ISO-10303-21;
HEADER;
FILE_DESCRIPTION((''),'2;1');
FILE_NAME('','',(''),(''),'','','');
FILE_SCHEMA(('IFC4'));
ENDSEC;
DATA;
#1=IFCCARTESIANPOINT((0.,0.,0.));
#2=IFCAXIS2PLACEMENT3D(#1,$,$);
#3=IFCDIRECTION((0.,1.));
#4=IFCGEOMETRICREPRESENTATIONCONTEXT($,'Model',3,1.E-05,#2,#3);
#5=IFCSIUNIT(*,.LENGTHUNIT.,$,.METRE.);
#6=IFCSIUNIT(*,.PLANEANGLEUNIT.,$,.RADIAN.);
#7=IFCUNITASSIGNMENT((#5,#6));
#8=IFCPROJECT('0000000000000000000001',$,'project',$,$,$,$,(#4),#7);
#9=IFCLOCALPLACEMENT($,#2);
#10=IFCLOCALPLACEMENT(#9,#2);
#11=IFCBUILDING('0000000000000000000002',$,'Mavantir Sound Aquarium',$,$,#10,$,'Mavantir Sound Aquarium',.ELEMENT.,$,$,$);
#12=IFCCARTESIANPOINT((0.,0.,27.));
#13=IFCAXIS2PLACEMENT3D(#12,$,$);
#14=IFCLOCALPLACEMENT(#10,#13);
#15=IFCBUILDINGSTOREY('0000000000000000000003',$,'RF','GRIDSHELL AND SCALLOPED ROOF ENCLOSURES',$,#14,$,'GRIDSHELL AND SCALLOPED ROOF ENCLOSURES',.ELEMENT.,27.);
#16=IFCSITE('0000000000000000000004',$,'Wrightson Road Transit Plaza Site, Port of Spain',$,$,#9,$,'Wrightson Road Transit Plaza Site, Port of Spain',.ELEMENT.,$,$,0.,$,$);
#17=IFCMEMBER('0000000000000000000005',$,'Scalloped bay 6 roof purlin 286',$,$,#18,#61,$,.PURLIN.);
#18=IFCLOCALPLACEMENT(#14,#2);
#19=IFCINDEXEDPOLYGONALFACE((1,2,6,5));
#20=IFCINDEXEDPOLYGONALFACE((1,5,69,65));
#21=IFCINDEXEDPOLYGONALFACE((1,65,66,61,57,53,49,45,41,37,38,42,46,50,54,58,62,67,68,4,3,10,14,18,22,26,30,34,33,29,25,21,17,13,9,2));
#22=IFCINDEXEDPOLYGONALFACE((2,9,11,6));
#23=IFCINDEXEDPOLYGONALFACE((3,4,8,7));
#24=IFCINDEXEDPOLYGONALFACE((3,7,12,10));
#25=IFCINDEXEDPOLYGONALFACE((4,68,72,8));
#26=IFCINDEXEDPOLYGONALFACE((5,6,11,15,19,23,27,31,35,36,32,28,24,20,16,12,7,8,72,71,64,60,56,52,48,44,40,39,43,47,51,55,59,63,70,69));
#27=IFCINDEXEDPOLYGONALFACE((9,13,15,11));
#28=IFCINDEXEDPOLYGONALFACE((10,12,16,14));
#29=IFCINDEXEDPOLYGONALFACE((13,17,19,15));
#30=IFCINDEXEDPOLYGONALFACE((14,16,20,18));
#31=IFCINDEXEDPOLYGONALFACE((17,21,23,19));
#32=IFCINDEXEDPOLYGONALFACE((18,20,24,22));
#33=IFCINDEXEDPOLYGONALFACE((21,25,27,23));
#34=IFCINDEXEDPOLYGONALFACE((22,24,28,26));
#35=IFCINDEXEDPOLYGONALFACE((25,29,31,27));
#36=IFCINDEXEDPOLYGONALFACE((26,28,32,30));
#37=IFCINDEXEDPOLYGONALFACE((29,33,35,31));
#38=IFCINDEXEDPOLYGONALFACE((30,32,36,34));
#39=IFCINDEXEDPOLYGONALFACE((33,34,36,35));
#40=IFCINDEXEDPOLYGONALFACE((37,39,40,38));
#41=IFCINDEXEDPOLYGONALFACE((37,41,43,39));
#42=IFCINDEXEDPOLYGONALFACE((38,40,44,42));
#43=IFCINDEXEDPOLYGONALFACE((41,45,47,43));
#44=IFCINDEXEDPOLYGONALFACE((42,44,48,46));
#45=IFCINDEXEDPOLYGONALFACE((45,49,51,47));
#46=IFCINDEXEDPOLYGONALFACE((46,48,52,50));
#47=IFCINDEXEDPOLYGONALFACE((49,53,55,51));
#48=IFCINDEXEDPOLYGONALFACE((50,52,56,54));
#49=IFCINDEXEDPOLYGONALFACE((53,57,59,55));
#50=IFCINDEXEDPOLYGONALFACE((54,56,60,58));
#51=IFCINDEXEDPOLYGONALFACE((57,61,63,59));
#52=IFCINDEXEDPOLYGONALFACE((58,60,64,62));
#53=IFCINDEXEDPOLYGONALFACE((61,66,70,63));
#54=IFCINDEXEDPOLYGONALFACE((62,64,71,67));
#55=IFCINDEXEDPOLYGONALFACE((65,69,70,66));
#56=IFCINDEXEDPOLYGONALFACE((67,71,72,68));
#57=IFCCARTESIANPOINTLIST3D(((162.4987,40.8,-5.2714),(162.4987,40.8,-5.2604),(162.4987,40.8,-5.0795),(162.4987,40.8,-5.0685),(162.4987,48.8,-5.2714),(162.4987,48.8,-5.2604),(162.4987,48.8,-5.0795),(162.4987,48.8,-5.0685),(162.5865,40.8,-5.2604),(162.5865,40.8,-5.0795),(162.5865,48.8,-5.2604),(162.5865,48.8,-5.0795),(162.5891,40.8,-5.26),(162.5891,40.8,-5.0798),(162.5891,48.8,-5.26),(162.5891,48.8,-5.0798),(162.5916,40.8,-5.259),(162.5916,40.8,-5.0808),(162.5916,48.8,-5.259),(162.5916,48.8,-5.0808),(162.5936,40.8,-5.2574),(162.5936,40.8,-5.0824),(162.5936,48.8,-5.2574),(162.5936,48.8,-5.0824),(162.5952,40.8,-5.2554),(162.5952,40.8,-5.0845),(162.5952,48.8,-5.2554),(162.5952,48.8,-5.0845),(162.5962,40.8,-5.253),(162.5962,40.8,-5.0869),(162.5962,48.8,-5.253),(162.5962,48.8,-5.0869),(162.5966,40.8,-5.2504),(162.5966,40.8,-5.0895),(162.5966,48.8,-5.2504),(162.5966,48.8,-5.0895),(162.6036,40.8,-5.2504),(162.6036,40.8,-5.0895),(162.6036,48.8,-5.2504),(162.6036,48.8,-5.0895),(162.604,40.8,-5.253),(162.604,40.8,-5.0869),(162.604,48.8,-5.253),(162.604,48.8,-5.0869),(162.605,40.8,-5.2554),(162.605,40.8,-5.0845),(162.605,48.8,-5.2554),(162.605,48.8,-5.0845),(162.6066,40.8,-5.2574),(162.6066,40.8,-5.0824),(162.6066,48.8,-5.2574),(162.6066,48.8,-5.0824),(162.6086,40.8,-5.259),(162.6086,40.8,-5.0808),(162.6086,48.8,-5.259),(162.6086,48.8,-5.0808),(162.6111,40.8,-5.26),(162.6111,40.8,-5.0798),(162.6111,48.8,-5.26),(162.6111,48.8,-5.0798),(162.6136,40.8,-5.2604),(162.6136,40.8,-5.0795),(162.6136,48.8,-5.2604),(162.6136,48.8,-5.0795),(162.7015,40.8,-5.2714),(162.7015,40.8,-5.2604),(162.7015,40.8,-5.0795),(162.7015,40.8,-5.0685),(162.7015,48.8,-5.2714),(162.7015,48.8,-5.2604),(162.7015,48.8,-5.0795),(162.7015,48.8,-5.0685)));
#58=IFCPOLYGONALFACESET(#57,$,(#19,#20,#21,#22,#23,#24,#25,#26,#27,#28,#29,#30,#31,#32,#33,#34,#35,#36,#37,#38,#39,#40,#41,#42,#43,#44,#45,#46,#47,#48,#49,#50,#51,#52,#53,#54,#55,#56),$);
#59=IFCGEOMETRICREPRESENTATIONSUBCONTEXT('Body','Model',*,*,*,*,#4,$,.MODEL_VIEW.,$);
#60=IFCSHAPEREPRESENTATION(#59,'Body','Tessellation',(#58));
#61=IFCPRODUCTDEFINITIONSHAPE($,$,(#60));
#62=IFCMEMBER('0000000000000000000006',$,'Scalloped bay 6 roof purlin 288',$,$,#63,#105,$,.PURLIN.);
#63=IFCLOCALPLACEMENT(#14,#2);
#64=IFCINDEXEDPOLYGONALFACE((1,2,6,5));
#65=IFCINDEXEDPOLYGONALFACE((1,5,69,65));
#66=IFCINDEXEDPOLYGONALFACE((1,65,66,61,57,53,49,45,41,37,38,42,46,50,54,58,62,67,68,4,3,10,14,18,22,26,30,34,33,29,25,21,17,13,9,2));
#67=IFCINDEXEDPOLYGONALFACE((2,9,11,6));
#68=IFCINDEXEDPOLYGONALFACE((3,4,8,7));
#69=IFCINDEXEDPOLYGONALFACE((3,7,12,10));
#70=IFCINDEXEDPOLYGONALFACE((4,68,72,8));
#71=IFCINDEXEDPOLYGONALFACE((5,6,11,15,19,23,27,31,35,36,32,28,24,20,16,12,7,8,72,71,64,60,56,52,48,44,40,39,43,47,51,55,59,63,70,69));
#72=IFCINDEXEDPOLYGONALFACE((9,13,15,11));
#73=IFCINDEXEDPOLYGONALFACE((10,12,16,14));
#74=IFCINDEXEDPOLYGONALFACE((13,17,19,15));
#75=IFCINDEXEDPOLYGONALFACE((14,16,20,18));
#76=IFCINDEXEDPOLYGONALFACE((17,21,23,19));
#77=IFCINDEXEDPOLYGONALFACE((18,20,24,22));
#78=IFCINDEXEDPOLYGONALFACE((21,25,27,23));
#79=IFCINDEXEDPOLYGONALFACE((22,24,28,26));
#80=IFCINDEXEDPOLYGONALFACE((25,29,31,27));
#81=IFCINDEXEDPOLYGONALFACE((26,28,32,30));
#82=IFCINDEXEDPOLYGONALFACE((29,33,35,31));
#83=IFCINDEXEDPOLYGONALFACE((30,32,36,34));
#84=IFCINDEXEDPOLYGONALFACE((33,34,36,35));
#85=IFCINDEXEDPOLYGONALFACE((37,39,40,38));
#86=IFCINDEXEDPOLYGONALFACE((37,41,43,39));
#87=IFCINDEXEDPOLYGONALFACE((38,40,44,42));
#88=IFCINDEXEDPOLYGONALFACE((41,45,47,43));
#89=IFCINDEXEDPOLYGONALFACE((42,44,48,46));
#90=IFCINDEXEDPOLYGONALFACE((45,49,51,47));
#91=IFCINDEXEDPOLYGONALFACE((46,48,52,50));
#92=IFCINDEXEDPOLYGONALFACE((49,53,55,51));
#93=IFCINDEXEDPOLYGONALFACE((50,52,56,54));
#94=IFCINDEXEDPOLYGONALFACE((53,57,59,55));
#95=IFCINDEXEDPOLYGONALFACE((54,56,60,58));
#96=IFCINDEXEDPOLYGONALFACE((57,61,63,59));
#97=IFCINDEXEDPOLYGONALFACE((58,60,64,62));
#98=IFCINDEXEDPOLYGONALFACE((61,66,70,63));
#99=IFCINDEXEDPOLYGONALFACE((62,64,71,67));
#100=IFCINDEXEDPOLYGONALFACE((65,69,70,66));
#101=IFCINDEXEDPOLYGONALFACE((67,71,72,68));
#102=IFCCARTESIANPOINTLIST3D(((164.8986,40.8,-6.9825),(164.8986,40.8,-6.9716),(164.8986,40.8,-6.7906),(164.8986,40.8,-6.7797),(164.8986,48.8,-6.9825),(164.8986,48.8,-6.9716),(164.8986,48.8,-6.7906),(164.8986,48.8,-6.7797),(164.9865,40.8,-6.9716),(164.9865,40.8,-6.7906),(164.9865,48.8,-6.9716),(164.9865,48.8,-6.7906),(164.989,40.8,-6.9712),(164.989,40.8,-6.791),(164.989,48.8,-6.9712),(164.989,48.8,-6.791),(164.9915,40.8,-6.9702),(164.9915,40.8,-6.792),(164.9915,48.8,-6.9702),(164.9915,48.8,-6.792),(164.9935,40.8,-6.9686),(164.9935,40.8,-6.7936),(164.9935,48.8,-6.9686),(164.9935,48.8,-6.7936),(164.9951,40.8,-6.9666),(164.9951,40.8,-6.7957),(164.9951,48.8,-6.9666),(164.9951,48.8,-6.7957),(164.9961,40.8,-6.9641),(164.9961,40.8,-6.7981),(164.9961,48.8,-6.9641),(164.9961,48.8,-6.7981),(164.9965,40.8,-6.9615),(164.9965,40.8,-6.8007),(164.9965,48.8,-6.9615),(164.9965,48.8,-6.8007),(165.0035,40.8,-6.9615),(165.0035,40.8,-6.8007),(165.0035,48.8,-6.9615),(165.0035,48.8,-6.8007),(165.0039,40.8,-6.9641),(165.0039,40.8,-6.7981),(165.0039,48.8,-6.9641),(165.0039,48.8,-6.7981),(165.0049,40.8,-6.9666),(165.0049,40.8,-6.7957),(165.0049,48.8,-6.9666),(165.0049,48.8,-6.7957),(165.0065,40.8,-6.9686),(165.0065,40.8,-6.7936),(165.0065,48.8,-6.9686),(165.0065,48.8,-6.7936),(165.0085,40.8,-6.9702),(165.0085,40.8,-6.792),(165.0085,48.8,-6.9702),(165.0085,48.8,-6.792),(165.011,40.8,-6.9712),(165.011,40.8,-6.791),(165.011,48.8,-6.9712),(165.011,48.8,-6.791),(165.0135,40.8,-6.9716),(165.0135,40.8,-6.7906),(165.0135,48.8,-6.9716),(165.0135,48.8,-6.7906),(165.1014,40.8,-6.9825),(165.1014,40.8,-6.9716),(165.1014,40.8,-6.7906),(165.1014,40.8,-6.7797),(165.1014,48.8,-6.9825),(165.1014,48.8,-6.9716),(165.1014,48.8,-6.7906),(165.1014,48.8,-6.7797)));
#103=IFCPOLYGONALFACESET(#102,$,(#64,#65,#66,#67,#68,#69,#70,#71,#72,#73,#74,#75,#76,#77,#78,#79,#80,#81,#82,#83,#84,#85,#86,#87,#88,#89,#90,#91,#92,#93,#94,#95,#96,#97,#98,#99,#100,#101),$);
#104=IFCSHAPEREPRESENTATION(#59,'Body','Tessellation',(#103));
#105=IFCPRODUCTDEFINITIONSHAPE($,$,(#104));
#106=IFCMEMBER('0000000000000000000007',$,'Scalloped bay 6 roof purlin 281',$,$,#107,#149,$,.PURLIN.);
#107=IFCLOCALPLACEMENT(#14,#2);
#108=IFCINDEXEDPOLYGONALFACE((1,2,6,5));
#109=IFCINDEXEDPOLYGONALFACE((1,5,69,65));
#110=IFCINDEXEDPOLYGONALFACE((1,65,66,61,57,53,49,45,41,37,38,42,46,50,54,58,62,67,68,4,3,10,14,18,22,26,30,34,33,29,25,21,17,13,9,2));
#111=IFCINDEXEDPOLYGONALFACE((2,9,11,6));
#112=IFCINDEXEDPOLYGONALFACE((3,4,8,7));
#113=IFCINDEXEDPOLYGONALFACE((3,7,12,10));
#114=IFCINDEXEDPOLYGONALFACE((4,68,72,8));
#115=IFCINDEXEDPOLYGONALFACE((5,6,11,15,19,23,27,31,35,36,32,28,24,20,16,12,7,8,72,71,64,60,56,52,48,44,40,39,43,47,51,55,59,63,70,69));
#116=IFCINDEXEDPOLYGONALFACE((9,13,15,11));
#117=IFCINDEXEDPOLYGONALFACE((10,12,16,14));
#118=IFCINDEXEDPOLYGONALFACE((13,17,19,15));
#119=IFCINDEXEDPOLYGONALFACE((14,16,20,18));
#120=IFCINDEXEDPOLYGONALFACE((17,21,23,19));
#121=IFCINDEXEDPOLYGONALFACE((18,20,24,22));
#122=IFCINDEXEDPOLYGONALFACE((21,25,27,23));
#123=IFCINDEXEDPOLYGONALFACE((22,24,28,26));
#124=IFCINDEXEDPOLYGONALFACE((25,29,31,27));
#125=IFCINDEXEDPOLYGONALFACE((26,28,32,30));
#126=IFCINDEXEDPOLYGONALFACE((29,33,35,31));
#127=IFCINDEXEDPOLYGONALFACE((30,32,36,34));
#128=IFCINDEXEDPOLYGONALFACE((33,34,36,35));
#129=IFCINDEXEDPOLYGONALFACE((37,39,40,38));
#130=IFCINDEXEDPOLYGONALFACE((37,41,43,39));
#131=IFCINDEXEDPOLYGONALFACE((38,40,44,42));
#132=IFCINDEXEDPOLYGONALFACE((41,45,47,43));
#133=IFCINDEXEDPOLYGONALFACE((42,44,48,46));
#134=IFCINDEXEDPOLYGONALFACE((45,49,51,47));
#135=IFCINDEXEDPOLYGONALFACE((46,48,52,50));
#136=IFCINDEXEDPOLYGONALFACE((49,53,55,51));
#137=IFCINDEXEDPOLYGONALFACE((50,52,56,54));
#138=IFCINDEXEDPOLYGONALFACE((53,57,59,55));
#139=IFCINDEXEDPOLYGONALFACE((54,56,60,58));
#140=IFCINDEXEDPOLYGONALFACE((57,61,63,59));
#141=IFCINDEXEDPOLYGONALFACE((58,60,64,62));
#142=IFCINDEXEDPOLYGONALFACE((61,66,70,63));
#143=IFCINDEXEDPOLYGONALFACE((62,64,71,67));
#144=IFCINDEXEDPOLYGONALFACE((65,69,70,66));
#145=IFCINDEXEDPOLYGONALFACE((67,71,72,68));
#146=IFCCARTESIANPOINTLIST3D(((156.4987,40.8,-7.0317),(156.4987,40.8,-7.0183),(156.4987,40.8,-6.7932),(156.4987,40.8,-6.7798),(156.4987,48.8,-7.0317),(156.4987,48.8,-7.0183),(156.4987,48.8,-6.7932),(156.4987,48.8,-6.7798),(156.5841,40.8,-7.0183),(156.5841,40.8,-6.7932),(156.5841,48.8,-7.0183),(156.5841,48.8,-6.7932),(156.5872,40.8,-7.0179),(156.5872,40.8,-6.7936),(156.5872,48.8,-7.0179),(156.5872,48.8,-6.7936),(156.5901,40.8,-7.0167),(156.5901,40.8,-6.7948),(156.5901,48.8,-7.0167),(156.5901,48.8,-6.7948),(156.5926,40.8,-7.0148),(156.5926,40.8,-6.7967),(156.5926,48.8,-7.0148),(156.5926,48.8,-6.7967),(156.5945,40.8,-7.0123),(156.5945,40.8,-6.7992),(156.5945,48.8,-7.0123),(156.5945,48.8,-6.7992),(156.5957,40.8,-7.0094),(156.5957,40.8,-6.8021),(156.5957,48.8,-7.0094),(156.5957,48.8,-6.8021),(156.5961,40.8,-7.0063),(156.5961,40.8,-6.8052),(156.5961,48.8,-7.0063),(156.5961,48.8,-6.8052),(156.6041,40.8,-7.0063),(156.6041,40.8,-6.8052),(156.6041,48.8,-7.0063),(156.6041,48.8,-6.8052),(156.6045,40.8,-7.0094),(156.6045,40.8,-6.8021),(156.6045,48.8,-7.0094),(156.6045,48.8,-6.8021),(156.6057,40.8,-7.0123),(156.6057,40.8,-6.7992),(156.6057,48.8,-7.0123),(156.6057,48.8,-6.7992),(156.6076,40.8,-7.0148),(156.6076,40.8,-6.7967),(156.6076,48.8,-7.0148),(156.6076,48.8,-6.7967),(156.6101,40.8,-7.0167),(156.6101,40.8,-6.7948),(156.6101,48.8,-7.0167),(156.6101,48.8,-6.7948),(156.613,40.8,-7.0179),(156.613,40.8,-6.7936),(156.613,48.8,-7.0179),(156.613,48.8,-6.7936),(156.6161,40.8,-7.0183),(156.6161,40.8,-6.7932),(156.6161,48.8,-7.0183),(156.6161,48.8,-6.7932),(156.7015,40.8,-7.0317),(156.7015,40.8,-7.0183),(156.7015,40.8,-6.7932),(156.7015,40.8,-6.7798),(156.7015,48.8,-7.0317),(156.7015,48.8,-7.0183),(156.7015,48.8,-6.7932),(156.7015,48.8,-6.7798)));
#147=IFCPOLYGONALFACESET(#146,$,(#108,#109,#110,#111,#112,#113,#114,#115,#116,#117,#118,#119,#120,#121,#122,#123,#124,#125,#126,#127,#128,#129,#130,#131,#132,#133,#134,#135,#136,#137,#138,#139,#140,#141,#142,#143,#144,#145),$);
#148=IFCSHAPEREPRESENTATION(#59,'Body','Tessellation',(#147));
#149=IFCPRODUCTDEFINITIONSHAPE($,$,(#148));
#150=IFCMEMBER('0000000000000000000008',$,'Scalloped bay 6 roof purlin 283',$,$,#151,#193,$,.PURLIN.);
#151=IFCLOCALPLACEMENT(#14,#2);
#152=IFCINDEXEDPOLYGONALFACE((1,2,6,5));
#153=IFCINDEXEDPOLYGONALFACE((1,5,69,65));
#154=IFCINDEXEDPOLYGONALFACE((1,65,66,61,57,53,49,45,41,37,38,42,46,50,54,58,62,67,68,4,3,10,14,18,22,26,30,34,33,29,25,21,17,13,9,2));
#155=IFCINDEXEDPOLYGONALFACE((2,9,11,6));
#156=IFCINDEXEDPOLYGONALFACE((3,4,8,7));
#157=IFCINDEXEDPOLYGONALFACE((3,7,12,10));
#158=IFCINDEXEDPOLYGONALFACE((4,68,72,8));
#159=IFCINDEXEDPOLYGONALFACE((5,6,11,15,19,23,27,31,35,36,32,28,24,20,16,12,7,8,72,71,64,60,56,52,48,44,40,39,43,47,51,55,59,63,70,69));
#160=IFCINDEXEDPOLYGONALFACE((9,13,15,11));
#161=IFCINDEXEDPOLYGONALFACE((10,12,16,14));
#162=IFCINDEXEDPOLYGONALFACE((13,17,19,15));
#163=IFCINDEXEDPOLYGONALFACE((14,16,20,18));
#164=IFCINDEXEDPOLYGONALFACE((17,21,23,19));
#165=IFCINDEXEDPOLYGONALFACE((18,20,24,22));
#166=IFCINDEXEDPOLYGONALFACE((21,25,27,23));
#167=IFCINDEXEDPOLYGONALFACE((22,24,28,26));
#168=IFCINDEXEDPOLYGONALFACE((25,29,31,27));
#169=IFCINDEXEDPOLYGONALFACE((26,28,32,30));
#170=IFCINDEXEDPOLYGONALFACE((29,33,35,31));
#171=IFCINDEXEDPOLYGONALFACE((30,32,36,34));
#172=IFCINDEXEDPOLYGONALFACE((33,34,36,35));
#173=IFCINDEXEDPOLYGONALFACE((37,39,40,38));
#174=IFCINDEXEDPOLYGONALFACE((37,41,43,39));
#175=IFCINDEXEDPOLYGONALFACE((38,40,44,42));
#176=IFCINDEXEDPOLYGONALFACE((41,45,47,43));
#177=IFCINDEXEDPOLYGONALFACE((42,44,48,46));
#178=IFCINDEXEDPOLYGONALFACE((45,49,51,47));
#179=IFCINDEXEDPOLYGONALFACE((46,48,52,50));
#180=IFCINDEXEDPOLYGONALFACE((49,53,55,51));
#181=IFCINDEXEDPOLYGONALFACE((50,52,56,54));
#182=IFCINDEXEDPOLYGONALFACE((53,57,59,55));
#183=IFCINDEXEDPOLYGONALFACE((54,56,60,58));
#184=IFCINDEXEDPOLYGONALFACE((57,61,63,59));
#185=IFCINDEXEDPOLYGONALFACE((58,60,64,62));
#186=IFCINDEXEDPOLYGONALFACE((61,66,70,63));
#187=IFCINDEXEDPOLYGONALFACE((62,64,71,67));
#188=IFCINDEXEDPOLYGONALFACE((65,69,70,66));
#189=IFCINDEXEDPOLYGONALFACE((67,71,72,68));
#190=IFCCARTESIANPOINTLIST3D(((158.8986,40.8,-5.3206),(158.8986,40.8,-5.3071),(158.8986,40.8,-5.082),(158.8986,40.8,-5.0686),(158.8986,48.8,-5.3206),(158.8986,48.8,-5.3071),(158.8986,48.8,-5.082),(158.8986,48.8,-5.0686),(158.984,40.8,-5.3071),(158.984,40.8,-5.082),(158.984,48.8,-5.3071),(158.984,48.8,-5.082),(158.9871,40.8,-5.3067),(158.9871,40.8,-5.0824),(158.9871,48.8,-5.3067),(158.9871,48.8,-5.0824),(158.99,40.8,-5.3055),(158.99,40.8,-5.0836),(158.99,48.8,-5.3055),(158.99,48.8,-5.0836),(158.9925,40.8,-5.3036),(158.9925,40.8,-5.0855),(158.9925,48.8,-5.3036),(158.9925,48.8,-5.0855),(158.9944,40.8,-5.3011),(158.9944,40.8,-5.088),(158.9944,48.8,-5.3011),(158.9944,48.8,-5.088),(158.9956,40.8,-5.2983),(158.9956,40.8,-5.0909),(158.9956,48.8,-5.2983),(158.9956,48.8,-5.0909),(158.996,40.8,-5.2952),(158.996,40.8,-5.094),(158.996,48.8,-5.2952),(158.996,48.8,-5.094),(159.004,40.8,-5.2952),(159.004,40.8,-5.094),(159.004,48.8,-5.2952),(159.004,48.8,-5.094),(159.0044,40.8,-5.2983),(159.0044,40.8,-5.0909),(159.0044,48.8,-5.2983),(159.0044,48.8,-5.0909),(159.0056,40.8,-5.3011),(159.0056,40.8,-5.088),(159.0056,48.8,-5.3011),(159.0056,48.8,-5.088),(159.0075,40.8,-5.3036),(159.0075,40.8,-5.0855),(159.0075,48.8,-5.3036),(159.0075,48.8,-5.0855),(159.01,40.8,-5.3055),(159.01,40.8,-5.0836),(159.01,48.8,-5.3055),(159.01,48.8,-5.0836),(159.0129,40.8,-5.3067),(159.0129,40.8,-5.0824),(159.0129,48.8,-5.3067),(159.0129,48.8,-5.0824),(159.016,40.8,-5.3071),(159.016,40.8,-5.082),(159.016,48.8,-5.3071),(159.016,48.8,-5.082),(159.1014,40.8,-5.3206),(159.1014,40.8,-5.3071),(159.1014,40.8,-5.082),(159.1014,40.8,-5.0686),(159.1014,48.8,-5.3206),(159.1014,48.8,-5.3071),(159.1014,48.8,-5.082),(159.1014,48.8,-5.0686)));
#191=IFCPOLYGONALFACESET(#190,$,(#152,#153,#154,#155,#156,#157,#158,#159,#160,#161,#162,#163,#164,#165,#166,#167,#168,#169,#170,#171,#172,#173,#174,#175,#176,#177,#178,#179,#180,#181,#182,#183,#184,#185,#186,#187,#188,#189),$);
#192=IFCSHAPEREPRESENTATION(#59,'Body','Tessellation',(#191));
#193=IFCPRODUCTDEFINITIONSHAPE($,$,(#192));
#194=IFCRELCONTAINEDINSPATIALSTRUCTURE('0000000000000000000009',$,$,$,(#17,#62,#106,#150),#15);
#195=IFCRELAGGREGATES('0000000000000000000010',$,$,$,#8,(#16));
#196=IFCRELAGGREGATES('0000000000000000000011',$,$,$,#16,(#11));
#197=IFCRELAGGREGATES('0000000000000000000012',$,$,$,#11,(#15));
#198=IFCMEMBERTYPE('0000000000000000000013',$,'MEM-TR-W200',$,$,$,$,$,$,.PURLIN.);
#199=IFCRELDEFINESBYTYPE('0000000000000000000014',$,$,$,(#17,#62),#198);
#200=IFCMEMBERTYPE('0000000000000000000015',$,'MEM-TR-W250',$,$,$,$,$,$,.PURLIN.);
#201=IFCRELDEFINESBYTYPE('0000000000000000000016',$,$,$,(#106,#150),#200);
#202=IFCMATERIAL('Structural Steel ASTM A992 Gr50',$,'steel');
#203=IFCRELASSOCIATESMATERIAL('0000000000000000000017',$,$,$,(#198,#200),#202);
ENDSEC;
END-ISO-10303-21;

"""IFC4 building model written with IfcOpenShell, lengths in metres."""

from ifc_helpers import new_model, si_unit, direction, frame, origin, origin_2d, place, context, subcontext, project, spatial, i_section, extrude, material, material_profile, profile_set, type_object, element, save


model = new_model("IFC4")

# Units and contexts
model_context = context("Model", 3, precision=1e-05, world=origin(), true_north=direction((0.0, 1.0)))
body_context = subcontext(model_context, "Body", "Model", "MODEL_VIEW")
ifc_project = project(units=[si_unit("LENGTHUNIT", "METRE"), si_unit("PLANEANGLEUNIT", "RADIAN")], contexts=[model_context])

# Site, building, storey
site_placement = place(None, origin())
site = spatial("IfcSite", under=ifc_project, at=site_placement, Name="Wrightson Road Transit Plaza Site, Port of Spain", LongName="Wrightson Road Transit Plaza Site, Port of Spain", CompositionType="ELEMENT", RefElevation=0.0)
building_placement = place(site_placement, origin())
building = spatial("IfcBuilding", under=site, at=building_placement, Name="Mavantir Sound Aquarium", LongName="Mavantir Sound Aquarium", CompositionType="ELEMENT")
storey_placement = place(building_placement, frame((0.0, 0.0, 27.0)))
storey = spatial("IfcBuildingStorey", under=building, at=storey_placement, Name="RF", Description="GRIDSHELL AND SCALLOPED ROOF ENCLOSURES", LongName="GRIDSHELL AND SCALLOPED ROOF ENCLOSURES", CompositionType="ELEMENT", Elevation=27.0)

# Shared definitions
ifc_material_1 = material(Name="Structural Steel ASTM A992 Gr50", Category="steel")

# Members
ifc_material_profile_1 = material_profile(ifc_material_1, i_section(OverallWidth=0.2029, OverallDepth=0.2029, WebThickness=0.0071, FlangeThickness=0.011, FilletRadius=0.01, at=origin_2d()), Name="W200X46")
ifc_profile_set_1 = profile_set([ifc_material_profile_1], Name="Structural Steel ASTM A992 Gr50")
member_type_1 = type_object("IfcMemberType", Name="MEM-TR-W200", PredefinedType="PURLIN", material=ifc_profile_set_1)
for number, where, z_axis, x_axis, name in (
    (1, (162.6001, 40.8, -5.1699), (0.0, 1.0, 0.0), (-1.0, 0.0, 0.0), "Scalloped bay 6 roof purlin 286"),
    (2, (165.0, 40.8, -6.8811), (0.0, 1.0, 0.0), (-1.0, 0.0, 0.0), "Scalloped bay 6 roof purlin 288"),
):
    element("IfcMember", number, at=place(storey_placement, frame(where, z_axis=z_axis, x_axis=x_axis)), inside=storey, type_object=member_type_1, Name=name, PredefinedType="PURLIN", context=body_context, shape_type="SweptSolid", body=[
        extrude(i_section(OverallWidth=0.2029, OverallDepth=0.2029, WebThickness=0.0071, FlangeThickness=0.011, FilletRadius=0.01, at=origin_2d()), origin(), (0.0, 0.0, 1.0), 8.0),
    ])
ifc_material_profile_2 = material_profile(ifc_material_1, i_section(OverallWidth=0.2029, OverallDepth=0.252, WebThickness=0.0081, FlangeThickness=0.0134, FilletRadius=0.012, at=origin_2d()), Name="W250X58")
ifc_profile_set_2 = profile_set([ifc_material_profile_2], Name="Structural Steel ASTM A992 Gr50")
member_type_2 = type_object("IfcMemberType", Name="MEM-TR-W250", PredefinedType="PURLIN", material=ifc_profile_set_2)
for number, where, z_axis, x_axis, name in (
    (3, (156.6001, 40.8, -6.9058), (0.0, 1.0, 0.0), (-1.0, 0.0, 0.0), "Scalloped bay 6 roof purlin 281"),
    (4, (159.0, 40.8, -5.1946), (0.0, 1.0, 0.0), (-1.0, 0.0, 0.0), "Scalloped bay 6 roof purlin 283"),
):
    element("IfcMember", number, at=place(storey_placement, frame(where, z_axis=z_axis, x_axis=x_axis)), inside=storey, type_object=member_type_2, Name=name, PredefinedType="PURLIN", context=body_context, shape_type="SweptSolid", body=[
        extrude(i_section(OverallWidth=0.2029, OverallDepth=0.252, WebThickness=0.0081, FlangeThickness=0.0134, FilletRadius=0.012, at=origin_2d()), origin(), (0.0, 0.0, 1.0), 8.0),
    ])

save(model, "model.ifc")
